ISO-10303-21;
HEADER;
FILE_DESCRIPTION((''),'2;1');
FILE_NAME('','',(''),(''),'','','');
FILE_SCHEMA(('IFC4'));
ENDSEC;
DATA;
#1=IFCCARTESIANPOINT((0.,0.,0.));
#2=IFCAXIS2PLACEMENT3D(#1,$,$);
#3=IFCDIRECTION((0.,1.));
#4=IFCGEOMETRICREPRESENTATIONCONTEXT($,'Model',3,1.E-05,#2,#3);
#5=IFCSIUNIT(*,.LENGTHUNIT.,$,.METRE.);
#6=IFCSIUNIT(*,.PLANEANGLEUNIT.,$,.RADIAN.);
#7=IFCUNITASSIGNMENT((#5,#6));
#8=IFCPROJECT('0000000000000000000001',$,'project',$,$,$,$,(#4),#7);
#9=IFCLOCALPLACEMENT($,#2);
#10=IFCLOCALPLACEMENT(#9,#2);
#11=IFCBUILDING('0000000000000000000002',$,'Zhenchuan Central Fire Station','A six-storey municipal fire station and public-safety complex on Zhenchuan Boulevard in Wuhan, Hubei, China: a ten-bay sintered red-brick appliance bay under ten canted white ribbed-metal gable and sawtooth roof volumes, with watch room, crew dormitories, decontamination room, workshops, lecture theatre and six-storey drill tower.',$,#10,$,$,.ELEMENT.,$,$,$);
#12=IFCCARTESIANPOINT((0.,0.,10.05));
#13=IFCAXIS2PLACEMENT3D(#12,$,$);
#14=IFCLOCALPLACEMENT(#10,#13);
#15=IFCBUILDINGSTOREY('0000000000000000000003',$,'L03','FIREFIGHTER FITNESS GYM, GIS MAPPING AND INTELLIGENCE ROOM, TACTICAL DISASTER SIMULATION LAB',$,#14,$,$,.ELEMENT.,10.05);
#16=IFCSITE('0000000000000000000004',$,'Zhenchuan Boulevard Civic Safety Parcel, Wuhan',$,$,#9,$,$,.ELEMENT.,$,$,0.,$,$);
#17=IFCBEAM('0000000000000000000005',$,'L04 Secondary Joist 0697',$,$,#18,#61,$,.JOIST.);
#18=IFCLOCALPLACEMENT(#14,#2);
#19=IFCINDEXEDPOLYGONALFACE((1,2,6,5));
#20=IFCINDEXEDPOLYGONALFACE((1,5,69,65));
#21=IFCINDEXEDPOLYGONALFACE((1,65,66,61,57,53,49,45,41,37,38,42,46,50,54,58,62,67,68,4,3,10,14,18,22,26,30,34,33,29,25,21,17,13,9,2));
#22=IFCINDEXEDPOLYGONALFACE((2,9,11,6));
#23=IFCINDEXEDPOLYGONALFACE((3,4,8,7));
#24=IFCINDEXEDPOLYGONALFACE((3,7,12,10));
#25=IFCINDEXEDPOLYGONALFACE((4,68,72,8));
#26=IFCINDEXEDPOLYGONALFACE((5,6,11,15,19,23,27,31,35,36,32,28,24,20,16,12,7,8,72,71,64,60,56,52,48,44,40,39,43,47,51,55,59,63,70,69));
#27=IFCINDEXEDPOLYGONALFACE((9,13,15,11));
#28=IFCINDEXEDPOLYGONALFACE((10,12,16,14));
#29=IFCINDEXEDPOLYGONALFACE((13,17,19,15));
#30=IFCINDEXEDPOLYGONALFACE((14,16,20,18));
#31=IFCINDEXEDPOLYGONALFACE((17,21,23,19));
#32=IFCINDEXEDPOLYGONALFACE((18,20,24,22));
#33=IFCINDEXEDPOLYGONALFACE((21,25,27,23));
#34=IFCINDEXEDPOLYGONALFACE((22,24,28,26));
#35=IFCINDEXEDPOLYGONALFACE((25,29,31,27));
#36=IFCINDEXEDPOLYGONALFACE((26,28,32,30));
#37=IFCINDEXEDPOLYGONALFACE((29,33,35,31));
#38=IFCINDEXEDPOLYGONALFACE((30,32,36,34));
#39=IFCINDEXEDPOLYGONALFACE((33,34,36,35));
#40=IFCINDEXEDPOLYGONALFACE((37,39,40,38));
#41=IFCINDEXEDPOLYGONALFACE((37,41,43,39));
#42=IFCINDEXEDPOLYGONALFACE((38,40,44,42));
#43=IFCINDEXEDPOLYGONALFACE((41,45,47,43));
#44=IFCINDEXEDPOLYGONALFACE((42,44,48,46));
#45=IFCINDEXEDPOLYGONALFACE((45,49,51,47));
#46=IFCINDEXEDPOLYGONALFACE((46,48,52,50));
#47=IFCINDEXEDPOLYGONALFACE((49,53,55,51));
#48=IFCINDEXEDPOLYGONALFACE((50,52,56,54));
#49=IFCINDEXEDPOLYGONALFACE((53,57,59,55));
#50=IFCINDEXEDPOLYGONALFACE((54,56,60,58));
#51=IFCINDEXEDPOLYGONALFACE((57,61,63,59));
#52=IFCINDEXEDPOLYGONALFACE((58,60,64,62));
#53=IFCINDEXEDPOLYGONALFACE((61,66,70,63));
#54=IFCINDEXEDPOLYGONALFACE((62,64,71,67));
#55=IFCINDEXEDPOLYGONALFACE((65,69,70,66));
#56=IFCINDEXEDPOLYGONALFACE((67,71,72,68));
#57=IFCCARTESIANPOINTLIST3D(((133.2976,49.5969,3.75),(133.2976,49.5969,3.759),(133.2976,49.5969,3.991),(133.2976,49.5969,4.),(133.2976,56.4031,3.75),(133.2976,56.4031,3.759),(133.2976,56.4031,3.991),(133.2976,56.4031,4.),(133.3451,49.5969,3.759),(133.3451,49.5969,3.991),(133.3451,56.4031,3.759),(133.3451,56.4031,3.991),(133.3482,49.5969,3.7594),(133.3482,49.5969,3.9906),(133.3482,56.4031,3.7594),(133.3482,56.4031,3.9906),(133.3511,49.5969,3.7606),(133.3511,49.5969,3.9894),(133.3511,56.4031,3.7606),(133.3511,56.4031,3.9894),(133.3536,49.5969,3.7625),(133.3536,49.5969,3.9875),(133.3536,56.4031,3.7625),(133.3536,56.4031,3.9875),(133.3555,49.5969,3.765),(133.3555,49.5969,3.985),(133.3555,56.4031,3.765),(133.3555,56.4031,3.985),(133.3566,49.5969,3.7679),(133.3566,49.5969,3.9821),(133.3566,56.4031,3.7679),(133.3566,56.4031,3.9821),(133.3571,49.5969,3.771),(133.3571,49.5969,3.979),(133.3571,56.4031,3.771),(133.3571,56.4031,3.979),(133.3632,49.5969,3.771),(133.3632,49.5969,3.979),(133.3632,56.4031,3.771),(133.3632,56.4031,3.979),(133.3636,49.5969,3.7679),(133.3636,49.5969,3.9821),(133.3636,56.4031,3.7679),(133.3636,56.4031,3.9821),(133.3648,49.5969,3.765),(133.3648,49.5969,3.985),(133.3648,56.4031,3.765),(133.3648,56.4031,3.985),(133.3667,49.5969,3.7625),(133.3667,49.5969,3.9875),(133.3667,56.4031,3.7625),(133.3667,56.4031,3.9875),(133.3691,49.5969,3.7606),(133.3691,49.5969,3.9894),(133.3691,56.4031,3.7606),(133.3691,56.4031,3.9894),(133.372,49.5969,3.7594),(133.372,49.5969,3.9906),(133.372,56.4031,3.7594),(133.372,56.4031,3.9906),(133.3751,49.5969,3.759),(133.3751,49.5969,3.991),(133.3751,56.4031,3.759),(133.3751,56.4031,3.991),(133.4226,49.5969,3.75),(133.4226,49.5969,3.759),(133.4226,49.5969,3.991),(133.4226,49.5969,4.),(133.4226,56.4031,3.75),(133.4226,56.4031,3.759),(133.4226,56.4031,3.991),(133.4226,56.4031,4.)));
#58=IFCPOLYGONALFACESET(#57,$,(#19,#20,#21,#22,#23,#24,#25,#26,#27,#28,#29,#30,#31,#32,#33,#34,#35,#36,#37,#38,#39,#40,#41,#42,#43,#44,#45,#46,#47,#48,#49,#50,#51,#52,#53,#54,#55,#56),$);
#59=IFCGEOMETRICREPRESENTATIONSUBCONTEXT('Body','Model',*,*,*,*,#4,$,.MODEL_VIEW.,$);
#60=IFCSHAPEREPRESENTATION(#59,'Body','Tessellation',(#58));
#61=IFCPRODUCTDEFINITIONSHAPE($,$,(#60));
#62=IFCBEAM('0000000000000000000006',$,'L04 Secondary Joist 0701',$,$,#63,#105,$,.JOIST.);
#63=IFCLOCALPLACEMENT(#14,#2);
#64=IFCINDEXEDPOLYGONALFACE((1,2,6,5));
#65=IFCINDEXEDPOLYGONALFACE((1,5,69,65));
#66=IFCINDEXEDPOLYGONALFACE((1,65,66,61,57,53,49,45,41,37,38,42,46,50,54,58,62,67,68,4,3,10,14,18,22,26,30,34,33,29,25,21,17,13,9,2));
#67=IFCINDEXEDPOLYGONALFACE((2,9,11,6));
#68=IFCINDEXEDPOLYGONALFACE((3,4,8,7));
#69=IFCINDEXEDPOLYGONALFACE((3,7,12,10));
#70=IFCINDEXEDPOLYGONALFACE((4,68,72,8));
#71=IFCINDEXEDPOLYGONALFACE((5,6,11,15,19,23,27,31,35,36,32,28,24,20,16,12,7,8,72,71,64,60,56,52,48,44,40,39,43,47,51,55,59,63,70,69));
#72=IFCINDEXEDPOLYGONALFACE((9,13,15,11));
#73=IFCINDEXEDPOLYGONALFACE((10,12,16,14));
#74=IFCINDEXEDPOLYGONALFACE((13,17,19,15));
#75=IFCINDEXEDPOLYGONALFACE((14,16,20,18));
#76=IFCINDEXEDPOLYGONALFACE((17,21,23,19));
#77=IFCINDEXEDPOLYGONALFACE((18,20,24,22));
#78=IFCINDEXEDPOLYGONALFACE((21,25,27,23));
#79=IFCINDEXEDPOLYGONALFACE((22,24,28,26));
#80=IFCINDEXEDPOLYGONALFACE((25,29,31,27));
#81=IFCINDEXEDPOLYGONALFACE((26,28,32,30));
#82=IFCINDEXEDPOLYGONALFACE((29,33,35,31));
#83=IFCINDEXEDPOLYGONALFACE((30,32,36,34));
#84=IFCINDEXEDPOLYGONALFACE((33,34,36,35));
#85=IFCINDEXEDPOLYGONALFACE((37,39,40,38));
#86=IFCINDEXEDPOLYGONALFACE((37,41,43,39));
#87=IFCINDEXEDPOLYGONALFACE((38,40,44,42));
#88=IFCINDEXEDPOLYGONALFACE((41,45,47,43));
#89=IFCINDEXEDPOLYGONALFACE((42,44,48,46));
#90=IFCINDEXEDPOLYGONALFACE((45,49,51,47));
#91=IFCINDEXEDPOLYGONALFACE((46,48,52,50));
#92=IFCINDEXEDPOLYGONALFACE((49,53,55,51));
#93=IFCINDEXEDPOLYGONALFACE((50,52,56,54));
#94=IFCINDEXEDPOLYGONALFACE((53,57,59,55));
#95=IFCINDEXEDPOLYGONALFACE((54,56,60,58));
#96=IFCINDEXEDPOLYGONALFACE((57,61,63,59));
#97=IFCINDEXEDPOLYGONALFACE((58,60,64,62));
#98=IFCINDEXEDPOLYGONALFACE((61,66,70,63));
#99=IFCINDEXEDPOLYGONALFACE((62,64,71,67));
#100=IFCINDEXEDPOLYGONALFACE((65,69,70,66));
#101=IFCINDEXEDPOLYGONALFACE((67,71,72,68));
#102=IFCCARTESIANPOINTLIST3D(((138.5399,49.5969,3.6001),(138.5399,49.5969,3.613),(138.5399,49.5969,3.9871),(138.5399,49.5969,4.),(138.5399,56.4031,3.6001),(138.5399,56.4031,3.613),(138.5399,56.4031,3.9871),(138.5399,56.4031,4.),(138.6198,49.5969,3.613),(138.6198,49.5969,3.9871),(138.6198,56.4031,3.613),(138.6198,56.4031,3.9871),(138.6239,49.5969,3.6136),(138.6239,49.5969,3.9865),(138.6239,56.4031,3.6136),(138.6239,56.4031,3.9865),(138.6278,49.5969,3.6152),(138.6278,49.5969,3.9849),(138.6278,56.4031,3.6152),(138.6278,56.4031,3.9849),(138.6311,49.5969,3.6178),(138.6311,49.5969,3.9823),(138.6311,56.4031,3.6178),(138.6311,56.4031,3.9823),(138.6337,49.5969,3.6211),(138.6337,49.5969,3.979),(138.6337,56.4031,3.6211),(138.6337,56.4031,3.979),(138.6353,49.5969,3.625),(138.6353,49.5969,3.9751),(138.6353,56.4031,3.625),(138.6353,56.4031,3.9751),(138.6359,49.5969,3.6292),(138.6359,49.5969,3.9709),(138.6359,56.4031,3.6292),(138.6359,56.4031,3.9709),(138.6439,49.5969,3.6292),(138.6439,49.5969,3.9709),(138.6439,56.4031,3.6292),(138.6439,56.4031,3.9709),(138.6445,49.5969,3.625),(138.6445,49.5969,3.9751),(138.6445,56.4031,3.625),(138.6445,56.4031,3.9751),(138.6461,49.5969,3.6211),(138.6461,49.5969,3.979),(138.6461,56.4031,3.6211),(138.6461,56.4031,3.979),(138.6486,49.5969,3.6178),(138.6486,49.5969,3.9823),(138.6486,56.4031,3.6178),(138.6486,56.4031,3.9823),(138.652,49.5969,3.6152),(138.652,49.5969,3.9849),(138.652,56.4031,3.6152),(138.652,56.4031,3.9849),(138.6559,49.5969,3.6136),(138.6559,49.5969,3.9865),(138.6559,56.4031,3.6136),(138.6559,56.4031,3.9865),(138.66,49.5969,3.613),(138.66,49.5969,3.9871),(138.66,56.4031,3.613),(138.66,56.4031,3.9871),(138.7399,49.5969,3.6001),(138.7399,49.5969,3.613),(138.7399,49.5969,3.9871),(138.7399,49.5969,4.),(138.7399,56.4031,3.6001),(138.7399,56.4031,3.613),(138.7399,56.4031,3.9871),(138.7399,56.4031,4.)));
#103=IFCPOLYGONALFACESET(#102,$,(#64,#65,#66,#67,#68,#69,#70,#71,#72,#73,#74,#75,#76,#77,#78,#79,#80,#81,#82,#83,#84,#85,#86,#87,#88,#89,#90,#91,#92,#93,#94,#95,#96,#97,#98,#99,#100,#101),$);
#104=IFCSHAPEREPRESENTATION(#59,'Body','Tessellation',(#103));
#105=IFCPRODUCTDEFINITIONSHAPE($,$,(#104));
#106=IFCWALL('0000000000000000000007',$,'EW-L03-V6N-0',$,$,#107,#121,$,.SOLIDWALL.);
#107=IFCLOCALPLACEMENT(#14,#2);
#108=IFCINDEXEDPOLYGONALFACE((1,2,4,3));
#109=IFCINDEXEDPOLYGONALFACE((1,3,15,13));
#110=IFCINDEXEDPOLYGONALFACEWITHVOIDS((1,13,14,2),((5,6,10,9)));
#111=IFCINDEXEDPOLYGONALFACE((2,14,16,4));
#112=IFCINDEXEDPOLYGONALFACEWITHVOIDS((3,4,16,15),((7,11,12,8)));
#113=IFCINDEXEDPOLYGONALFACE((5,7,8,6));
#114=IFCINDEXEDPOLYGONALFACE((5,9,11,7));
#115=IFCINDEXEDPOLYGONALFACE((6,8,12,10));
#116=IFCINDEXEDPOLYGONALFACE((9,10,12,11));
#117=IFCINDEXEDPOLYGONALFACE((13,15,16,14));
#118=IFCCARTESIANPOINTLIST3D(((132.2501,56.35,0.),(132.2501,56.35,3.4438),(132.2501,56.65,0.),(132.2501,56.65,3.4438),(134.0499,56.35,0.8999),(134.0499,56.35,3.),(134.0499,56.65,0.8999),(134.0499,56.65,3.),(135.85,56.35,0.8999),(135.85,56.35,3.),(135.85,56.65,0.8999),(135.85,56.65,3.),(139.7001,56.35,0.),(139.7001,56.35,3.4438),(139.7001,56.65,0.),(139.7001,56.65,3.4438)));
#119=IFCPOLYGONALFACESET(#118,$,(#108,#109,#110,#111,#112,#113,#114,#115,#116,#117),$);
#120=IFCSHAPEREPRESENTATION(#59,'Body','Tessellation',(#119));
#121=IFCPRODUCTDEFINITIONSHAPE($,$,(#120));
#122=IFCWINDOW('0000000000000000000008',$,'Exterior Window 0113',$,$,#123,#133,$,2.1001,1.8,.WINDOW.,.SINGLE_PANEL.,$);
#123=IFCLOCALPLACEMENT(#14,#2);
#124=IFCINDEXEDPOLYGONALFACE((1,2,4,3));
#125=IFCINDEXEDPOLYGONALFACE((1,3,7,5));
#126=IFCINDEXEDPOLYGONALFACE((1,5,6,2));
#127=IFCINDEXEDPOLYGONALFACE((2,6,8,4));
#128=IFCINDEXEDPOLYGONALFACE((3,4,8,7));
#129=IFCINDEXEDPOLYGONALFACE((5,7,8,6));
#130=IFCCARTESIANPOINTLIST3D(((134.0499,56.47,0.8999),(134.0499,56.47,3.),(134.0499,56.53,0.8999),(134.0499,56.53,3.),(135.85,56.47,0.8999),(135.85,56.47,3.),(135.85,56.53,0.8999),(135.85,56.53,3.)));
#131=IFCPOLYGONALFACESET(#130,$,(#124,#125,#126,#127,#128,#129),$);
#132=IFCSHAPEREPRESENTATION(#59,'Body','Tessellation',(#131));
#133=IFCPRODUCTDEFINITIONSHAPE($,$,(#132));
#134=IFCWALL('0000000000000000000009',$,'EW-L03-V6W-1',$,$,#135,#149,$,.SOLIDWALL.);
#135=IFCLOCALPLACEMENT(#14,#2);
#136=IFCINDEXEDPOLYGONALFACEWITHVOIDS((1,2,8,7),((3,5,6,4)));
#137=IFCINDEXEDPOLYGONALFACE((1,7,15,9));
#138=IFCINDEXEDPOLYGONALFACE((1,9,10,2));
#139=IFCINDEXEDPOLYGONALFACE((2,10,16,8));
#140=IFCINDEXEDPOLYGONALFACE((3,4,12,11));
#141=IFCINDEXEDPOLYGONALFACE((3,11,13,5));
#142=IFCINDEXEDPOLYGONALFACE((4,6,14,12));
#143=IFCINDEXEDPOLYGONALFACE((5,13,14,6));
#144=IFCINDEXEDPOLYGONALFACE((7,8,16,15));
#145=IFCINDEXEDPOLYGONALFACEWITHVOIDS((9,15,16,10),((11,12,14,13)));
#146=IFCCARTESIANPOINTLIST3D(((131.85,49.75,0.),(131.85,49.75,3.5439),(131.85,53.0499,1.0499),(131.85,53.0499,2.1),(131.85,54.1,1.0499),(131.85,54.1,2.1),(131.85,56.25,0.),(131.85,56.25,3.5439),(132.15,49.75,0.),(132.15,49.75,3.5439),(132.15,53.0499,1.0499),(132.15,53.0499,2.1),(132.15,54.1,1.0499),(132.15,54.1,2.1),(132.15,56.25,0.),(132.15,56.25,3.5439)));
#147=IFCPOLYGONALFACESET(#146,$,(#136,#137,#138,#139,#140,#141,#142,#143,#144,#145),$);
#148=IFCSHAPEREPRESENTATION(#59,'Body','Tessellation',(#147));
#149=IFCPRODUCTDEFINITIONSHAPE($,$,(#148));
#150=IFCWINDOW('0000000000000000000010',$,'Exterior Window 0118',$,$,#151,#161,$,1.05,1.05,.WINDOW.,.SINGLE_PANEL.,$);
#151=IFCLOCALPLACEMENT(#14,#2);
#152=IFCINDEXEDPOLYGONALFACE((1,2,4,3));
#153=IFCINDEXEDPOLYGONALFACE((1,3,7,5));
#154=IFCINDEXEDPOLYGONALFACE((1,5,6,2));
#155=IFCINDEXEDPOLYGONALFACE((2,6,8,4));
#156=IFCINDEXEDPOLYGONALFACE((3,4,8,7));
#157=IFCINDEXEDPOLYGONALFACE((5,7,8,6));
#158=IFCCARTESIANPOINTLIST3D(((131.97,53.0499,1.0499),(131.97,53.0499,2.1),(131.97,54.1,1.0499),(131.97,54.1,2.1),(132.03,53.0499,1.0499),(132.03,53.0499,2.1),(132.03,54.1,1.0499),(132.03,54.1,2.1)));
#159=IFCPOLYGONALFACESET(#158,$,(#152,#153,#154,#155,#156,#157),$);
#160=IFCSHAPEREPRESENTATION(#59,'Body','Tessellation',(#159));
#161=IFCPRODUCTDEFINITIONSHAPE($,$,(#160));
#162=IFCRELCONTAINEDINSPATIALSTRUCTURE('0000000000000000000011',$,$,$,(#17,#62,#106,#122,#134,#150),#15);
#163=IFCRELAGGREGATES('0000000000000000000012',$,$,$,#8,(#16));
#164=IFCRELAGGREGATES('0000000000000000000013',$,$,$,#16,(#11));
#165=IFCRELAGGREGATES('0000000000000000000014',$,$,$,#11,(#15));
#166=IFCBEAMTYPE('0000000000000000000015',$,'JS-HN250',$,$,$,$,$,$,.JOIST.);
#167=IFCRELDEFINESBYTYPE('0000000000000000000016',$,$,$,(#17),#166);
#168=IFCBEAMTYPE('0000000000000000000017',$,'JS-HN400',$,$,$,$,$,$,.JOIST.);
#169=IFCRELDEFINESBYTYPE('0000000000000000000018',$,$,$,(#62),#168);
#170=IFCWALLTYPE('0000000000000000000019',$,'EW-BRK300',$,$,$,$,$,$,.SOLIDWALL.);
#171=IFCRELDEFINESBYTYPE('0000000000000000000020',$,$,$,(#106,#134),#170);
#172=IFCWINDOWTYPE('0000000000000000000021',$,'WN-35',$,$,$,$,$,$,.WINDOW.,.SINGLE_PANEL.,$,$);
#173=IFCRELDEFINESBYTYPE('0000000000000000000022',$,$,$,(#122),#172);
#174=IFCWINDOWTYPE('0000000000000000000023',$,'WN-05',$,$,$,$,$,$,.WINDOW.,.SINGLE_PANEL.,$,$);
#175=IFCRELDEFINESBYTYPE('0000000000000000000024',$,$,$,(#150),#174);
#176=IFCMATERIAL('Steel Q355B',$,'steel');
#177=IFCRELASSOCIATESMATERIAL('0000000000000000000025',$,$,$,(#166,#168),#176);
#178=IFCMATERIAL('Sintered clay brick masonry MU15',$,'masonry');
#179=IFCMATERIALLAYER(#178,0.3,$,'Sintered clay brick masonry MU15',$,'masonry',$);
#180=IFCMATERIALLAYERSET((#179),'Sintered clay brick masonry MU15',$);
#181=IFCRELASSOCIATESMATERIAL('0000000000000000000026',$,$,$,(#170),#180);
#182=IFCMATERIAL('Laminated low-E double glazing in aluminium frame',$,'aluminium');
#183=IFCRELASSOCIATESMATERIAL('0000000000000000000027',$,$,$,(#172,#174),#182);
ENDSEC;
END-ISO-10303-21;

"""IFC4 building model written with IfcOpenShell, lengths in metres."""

from ifc_helpers import new_model, si_unit, direction, frame, frame_2d, origin, origin_2d, place, context, subcontext, project, spatial, rectangle, i_section, extrude, material, layer, layer_set, material_profile, profile_set, type_object, element, fill, save


model = new_model("IFC4")

# Units and contexts
model_context = context("Model", 3, precision=1e-05, world=origin(), true_north=direction((0.0, 1.0)))
body_context = subcontext(model_context, "Body", "Model", "MODEL_VIEW")
ifc_project = project(units=[si_unit("LENGTHUNIT", "METRE"), si_unit("PLANEANGLEUNIT", "RADIAN")], contexts=[model_context])

# Site, building, storey
site_placement = place(None, origin())
site = spatial("IfcSite", under=ifc_project, at=site_placement, Name="Zhenchuan Boulevard Civic Safety Parcel, Wuhan", CompositionType="ELEMENT", RefElevation=0.0)
building_placement = place(site_placement, origin())
building = spatial("IfcBuilding", under=site, at=building_placement, Name="Zhenchuan Central Fire Station", Description="A six-storey municipal fire station and public-safety complex on Zhenchuan Boulevard in Wuhan, Hubei, China: a ten-bay sintered red-brick appliance bay under ten canted white ribbed-metal gable and sawtooth roof volumes, with watch room, crew dormitories, decontamination room, workshops, lecture theatre and six-storey drill tower.", CompositionType="ELEMENT")
storey_placement = place(building_placement, frame((0.0, 0.0, 10.05)))
storey = spatial("IfcBuildingStorey", under=building, at=storey_placement, Name="L03", Description="FIREFIGHTER FITNESS GYM, GIS MAPPING AND INTELLIGENCE ROOM, TACTICAL DISASTER SIMULATION LAB", CompositionType="ELEMENT", Elevation=10.05)

# Beams
ifc_material_1 = material(Name="Steel Q355B", Category="steel")
ifc_material_profile_1 = material_profile(ifc_material_1, i_section(OverallWidth=0.125, OverallDepth=0.25, WebThickness=0.0061, FlangeThickness=0.009, FilletRadius=0.012, at=origin_2d()), Name="HN 250x125")
ifc_profile_set_1 = profile_set([ifc_material_profile_1], Name="Steel Q355B")
beam_type_1 = type_object("IfcBeamType", Name="JS-HN250", PredefinedType="JOIST", material=ifc_profile_set_1)
beam_1_placement = place(storey_placement, frame((133.3601, 49.5969, 3.875), z_axis=(0.0, 1.0, 0.0), x_axis=(-1.0, 0.0, 0.0)))
element("IfcBeam", 1, at=beam_1_placement, inside=storey, type_object=beam_type_1, Name="L04 Secondary Joist 0697", PredefinedType="JOIST", context=body_context, shape_type="SweptSolid", body=[
    extrude(i_section(OverallWidth=0.125, OverallDepth=0.25, WebThickness=0.0061, FlangeThickness=0.009, FilletRadius=0.012, at=origin_2d()), origin(), (0.0, 0.0, 1.0), 6.8062),
])
ifc_material_profile_2 = material_profile(ifc_material_1, i_section(OverallWidth=0.2, OverallDepth=0.3999, WebThickness=0.0081, FlangeThickness=0.0129, FilletRadius=0.0161, at=origin_2d()), Name="HN 400x200")
ifc_profile_set_2 = profile_set([ifc_material_profile_2], Name="Steel Q355B")
beam_type_2 = type_object("IfcBeamType", Name="JS-HN400", PredefinedType="JOIST", material=ifc_profile_set_2)
beam_2_placement = place(storey_placement, frame((138.6399, 49.5969, 3.8), z_axis=(0.0, 1.0, 0.0), x_axis=(-1.0, 0.0, 0.0)))
element("IfcBeam", 2, at=beam_2_placement, inside=storey, type_object=beam_type_2, Name="L04 Secondary Joist 0701", PredefinedType="JOIST", context=body_context, shape_type="SweptSolid", body=[
    extrude(i_section(OverallWidth=0.2, OverallDepth=0.3999, WebThickness=0.0081, FlangeThickness=0.0129, FilletRadius=0.0161, at=origin_2d()), origin(), (0.0, 0.0, 1.0), 6.8062),
])

# Walls, openings, windows
ifc_material_2 = material(Name="Sintered clay brick masonry MU15", Category="masonry")
ifc_layer_1 = layer(ifc_material_2, 0.3, Name="Sintered clay brick masonry MU15", Category="masonry")
ifc_layer_set_1 = layer_set([ifc_layer_1], Name="Sintered clay brick masonry MU15")
wall_type_1 = type_object("IfcWallType", Name="EW-BRK300", PredefinedType="SOLIDWALL", material=ifc_layer_set_1)
wall_1_placement = place(storey_placement, frame((132.25, 56.5, 0.0), z_axis=(0.0, 0.0, 1.0), x_axis=(1.0, 0.0, 0.0)))
wall_1 = element("IfcWall", 3, at=wall_1_placement, inside=storey, type_object=wall_type_1, Name="EW-L03-V6N-0", PredefinedType="SOLIDWALL", context=body_context, shape_type="SweptSolid", body=[
    extrude(rectangle(XDim=7.45, YDim=0.3, at=frame_2d((3.7251, 0.0))), origin(), (0.0, 0.0, 1.0), 3.4438),
])
opening_1_placement = place(wall_1_placement, frame((1.8, 0.0, 0.8999)))
opening_1 = element("IfcOpeningElement", 4, at=opening_1_placement, cuts=wall_1, PredefinedType="OPENING", context=body_context, shape_type="SweptSolid", body=[
    extrude(rectangle(XDim=1.8, YDim=2.1001, at=frame_2d((0.8999, 1.05))), frame((0.0, 0.1599, 0.0), z_axis=(0.0, -1.0, 0.0), x_axis=(1.0, 0.0, 0.0)), (0.0, 0.0, 1.0), 0.3201),
])
ifc_material_3 = material(Name="Laminated low-E double glazing in aluminium frame", Category="aluminium")
window_type_1 = type_object("IfcWindowType", Name="WN-35", PartitioningType="SINGLE_PANEL", PredefinedType="WINDOW", material=ifc_material_3)
window_1_placement = place(opening_1_placement, origin())
window_1 = element("IfcWindow", 5, at=window_1_placement, inside=storey, type_object=window_type_1, Name="Exterior Window 0113", OverallHeight=2.1001, OverallWidth=1.8, PartitioningType="SINGLE_PANEL", PredefinedType="WINDOW", context=body_context, shape_type="SweptSolid", body=[
    extrude(rectangle(XDim=1.8, YDim=2.1001, at=frame_2d((0.8999, 1.05))), frame((0.0, 0.03, 0.0), z_axis=(0.0, -1.0, 0.0), x_axis=(1.0, 0.0, 0.0)), (0.0, 0.0, 1.0), 0.0601),
])
fill(opening_1, window_1)
wall_2_placement = place(storey_placement, frame((132.0, 49.75, 0.0), z_axis=(0.0, 0.0, 1.0), x_axis=(0.0, 1.0, 0.0)))
wall_2 = element("IfcWall", 6, at=wall_2_placement, inside=storey, type_object=wall_type_1, Name="EW-L03-V6W-1", PredefinedType="SOLIDWALL", context=body_context, shape_type="SweptSolid", body=[
    extrude(rectangle(XDim=6.5, YDim=0.3, at=frame_2d((3.25, 0.0))), origin(), (0.0, 0.0, 1.0), 3.5439),
])
opening_2_placement = place(wall_2_placement, frame((3.3, 0.0, 1.05)))
opening_2 = element("IfcOpeningElement", 7, at=opening_2_placement, cuts=wall_2, PredefinedType="OPENING", context=body_context, shape_type="SweptSolid", body=[
    extrude(rectangle(XDim=1.05, YDim=1.05, at=frame_2d((0.5249, 0.5249))), frame((0.0, 0.1599, 0.0), z_axis=(0.0, -1.0, 0.0), x_axis=(1.0, 0.0, 0.0)), (0.0, 0.0, 1.0), 0.3201),
])
window_type_2 = type_object("IfcWindowType", Name="WN-05", PartitioningType="SINGLE_PANEL", PredefinedType="WINDOW", material=ifc_material_3)
window_2_placement = place(opening_2_placement, origin())
window_2 = element("IfcWindow", 8, at=window_2_placement, inside=storey, type_object=window_type_2, Name="Exterior Window 0118", OverallHeight=1.05, OverallWidth=1.05, PartitioningType="SINGLE_PANEL", PredefinedType="WINDOW", context=body_context, shape_type="SweptSolid", body=[
    extrude(rectangle(XDim=1.05, YDim=1.05, at=frame_2d((0.5249, 0.5249))), frame((0.0, 0.03, 0.0), z_axis=(0.0, -1.0, 0.0), x_axis=(1.0, 0.0, 0.0)), (0.0, 0.0, 1.0), 0.0601),
])
fill(opening_2, window_2)

save(model, "model.ifc")
